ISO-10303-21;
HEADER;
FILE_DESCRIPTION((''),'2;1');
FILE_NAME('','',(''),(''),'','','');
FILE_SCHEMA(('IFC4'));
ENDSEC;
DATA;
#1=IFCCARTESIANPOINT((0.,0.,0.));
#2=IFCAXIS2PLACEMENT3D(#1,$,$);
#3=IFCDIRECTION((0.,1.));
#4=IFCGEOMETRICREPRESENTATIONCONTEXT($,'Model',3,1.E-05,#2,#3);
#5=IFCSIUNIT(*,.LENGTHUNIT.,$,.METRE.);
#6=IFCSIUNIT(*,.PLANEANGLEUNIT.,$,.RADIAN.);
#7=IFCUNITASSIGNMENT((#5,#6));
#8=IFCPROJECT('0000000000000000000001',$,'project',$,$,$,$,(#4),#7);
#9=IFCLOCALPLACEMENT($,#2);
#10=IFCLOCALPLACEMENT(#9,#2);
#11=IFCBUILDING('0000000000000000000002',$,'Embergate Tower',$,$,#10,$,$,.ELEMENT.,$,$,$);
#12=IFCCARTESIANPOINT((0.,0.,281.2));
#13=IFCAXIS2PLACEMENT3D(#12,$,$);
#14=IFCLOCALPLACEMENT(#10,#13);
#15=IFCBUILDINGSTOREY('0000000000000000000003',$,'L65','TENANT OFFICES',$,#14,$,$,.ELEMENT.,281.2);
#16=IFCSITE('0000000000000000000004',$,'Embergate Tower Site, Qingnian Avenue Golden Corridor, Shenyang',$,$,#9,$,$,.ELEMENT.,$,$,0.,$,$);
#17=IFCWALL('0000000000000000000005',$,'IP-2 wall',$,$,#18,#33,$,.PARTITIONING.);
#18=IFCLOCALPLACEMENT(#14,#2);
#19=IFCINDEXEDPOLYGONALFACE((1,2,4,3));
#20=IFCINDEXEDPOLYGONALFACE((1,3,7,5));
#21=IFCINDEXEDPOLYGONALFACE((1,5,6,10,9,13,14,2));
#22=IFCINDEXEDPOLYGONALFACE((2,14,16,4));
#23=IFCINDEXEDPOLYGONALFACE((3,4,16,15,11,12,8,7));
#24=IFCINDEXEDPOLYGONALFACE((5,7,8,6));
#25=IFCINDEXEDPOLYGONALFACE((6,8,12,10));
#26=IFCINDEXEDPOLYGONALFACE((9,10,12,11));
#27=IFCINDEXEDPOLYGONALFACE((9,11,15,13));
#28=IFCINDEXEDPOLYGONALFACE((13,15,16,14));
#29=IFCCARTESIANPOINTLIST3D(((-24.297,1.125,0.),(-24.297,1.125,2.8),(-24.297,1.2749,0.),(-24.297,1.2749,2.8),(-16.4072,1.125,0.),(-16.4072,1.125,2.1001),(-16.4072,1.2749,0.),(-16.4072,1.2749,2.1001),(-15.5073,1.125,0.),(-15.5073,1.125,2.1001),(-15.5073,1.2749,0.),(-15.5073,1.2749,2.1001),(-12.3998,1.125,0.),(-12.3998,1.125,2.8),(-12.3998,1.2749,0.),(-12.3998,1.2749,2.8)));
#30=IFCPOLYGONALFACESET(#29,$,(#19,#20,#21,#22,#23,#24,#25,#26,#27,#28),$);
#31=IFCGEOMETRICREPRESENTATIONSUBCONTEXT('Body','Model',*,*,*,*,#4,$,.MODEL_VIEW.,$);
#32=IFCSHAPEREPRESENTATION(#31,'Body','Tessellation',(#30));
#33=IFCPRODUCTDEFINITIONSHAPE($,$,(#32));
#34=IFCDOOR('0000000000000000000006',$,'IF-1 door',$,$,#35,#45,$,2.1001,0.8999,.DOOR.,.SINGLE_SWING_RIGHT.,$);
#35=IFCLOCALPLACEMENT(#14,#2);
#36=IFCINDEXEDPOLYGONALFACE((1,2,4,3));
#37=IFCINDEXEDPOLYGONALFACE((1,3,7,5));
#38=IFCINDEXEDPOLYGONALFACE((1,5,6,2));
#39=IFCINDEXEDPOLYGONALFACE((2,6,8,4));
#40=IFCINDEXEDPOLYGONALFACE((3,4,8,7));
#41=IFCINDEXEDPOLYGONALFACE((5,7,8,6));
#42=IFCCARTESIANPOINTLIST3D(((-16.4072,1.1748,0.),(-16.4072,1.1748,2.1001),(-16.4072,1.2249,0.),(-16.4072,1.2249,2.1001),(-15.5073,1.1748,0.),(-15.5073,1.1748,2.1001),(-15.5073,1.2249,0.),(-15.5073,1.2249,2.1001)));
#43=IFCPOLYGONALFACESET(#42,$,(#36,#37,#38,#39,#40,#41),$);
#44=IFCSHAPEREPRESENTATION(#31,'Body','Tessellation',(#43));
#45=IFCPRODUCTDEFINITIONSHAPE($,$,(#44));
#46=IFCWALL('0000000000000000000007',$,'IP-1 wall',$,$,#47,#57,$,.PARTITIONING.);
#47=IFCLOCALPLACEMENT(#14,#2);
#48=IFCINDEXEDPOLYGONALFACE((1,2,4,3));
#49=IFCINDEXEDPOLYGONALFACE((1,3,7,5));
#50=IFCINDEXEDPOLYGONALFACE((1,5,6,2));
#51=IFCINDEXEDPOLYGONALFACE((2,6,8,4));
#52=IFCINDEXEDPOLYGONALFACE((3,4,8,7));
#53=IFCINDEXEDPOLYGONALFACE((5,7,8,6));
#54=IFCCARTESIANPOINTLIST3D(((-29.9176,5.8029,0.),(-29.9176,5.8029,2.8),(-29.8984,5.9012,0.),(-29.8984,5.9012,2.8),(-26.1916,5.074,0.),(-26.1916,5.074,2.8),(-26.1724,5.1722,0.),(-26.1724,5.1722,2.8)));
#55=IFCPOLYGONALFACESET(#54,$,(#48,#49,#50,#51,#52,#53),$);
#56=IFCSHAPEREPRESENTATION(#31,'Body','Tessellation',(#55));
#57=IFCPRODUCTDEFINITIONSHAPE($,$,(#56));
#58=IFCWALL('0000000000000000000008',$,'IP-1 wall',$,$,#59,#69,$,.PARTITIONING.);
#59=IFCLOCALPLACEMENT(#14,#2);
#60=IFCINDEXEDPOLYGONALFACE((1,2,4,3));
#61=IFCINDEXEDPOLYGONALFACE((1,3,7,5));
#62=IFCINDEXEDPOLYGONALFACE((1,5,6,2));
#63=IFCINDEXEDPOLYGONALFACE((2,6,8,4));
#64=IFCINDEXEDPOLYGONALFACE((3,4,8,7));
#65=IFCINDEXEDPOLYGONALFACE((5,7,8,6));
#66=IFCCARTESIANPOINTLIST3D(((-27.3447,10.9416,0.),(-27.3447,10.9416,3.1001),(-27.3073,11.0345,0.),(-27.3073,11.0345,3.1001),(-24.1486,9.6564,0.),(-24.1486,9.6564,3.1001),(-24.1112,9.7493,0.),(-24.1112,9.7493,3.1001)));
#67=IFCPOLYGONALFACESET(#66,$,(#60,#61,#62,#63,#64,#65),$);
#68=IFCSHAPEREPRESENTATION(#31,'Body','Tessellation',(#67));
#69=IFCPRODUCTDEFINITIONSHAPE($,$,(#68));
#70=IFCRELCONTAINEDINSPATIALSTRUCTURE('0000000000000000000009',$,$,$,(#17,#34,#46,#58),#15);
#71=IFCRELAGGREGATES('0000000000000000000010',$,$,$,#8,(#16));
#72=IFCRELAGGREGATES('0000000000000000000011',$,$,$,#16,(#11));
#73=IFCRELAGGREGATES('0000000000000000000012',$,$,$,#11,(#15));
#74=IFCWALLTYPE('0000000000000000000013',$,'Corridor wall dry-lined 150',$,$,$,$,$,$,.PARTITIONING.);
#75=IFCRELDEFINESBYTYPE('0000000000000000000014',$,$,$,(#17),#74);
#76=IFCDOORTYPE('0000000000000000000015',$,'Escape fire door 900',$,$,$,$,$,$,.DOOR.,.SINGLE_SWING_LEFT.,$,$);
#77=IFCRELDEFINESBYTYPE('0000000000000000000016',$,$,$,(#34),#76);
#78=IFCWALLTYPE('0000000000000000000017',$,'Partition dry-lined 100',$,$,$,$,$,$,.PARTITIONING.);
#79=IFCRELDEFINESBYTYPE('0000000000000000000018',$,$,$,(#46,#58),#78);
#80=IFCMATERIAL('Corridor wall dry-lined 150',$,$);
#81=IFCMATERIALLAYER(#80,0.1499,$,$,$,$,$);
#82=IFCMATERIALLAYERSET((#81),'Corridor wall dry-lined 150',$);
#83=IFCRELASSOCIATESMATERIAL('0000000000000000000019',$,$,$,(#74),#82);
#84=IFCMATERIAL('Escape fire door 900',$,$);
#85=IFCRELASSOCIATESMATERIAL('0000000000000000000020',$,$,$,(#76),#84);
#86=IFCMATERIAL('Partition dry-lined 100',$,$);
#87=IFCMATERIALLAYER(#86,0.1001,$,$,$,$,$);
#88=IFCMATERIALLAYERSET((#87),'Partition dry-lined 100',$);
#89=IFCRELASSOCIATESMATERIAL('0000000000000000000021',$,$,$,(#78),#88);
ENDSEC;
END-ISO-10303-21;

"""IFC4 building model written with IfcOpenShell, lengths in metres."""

from ifc_helpers import new_model, si_unit, direction, frame, frame_2d, origin, place, context, subcontext, project, spatial, rectangle, extrude, source, transform, mapped, material, layer, layer_set, type_object, element, fill, save


model = new_model("IFC4")

# Units and contexts
model_context = context("Model", 3, precision=1e-05, world=origin(), true_north=direction((0.0, 1.0)))
body_context = subcontext(model_context, "Body", "Model", "MODEL_VIEW")
ifc_project = project(units=[si_unit("LENGTHUNIT", "METRE"), si_unit("PLANEANGLEUNIT", "RADIAN")], contexts=[model_context])

# Site, building, storey
site_placement = place(None, origin())
site = spatial("IfcSite", under=ifc_project, at=site_placement, Name="Embergate Tower Site, Qingnian Avenue Golden Corridor, Shenyang", CompositionType="ELEMENT", RefElevation=0.0)
building_placement = place(site_placement, origin())
building = spatial("IfcBuilding", under=site, at=building_placement, Name="Embergate Tower", CompositionType="ELEMENT")
storey_placement = place(building_placement, frame((0.0, 0.0, 281.2)))
storey = spatial("IfcBuildingStorey", under=building, at=storey_placement, Name="L65", Description="TENANT OFFICES", CompositionType="ELEMENT", Elevation=281.2)

# Shared definitions
ifc_material_1 = material(Name="Corridor wall dry-lined 150")
ifc_layer_1 = layer(ifc_material_1, 0.1499)
ifc_layer_set_1 = layer_set([ifc_layer_1], Name="Corridor wall dry-lined 150")
wall_type_1 = type_object("IfcWallType", Name="Corridor wall dry-lined 150", PredefinedType="PARTITIONING", material=ifc_layer_set_1)
shared_shape_1 = source(origin(), body_context, "Body", "SweptSolid", [
    extrude(rectangle(XDim=0.8999, YDim=2.1001, at=frame_2d((0.45, 1.05))), frame((0.0, 0.085, 0.0), z_axis=(0.0, -1.0, 0.0), x_axis=(1.0, 0.0, 0.0)), (0.0, 0.0, 1.0), 0.1699),
])
ifc_material_2 = material(Name="Escape fire door 900")
door_type_1 = type_object("IfcDoorType", Name="Escape fire door 900", OperationType="SINGLE_SWING_LEFT", PredefinedType="DOOR", material=ifc_material_2)
shared_shape_2 = source(origin(), body_context, "Body", "SweptSolid", [
    extrude(rectangle(XDim=0.8999, YDim=2.1001, at=frame_2d((0.45, 1.05))), frame((0.0, 0.0249, 0.0), z_axis=(0.0, -1.0, 0.0), x_axis=(1.0, 0.0, 0.0)), (0.0, 0.0, 1.0), 0.05),
])

# Wall, opening, door
shared_shape_3 = source(origin(), body_context, "Body", "SweptSolid", [
    extrude(rectangle(XDim=11.8972, YDim=0.1499, at=frame_2d((5.9487, 0.0))), origin(), (0.0, 0.0, 1.0), 2.8),
])
wall_1_placement = place(storey_placement, frame((-24.2971, 1.2, 0.0), z_axis=(0.0, 0.0, 1.0), x_axis=(1.0, 0.0, 0.0)))
wall_1 = element("IfcWall", 1, at=wall_1_placement, inside=storey, type_object=wall_type_1, Name="IP-2 wall", PredefinedType="PARTITIONING", context=body_context, shape_type="MappedRepresentation", body=[
    mapped(shared_shape_3, transform((0.0, 0.0, 0.0))),
])
opening_1_placement = place(wall_1_placement, frame((7.8899, 0.0, 0.0)))
opening_1 = element("IfcOpeningElement", 2, at=opening_1_placement, cuts=wall_1, PredefinedType="OPENING", context=body_context, shape_type="MappedRepresentation", body=[
    mapped(shared_shape_1, transform((0.0, 0.0, 0.0))),
])
door_1_placement = place(opening_1_placement, origin())
door_1 = element("IfcDoor", 3, at=door_1_placement, inside=storey, type_object=door_type_1, Name="IF-1 door", OperationType="SINGLE_SWING_RIGHT", OverallHeight=2.1001, OverallWidth=0.8999, PredefinedType="DOOR", context=body_context, shape_type="MappedRepresentation", body=[
    mapped(shared_shape_2, transform((0.0, 0.0, 0.0))),
])
fill(opening_1, door_1)

# Walls
ifc_material_3 = material(Name="Partition dry-lined 100")
ifc_layer_2 = layer(ifc_material_3, 0.1001)
ifc_layer_set_2 = layer_set([ifc_layer_2], Name="Partition dry-lined 100")
wall_type_2 = type_object("IfcWallType", Name="Partition dry-lined 100", PredefinedType="PARTITIONING", material=ifc_layer_set_2)
shared_shape_4 = source(origin(), body_context, "Body", "SweptSolid", [
    extrude(rectangle(XDim=3.7966, YDim=0.1001, at=frame_2d((1.8984, 0.0))), origin(), (0.0, 0.0, 1.0), 2.8),
])
wall_2_placement = place(storey_placement, frame((-26.1819, 5.123, 0.0), z_axis=(0.0, 0.0, 1.0), x_axis=(-0.981393, 0.192009, 0.0)))
element("IfcWall", 4, at=wall_2_placement, inside=storey, type_object=wall_type_2, Name="IP-1 wall", PredefinedType="PARTITIONING", context=body_context, shape_type="MappedRepresentation", body=[
    mapped(shared_shape_4, transform((0.0, 0.0, 0.0))),
])
shared_shape_5 = source(origin(), body_context, "Body", "SweptSolid", [
    extrude(rectangle(XDim=3.4448, YDim=0.1001, at=frame_2d((1.7224, 0.0))), origin(), (0.0, 0.0, 1.0), 3.1001),
])
wall_3_placement = place(storey_placement, frame((-24.1299, 9.7029, 0.0), z_axis=(0.0, 0.0, 1.0), x_axis=(-0.927801, 0.373076, 0.0)))
element("IfcWall", 5, at=wall_3_placement, inside=storey, type_object=wall_type_2, Name="IP-1 wall", PredefinedType="PARTITIONING", context=body_context, shape_type="MappedRepresentation", body=[
    mapped(shared_shape_5, transform((0.0, 0.0, 0.0))),
])

save(model, "model.ifc")
